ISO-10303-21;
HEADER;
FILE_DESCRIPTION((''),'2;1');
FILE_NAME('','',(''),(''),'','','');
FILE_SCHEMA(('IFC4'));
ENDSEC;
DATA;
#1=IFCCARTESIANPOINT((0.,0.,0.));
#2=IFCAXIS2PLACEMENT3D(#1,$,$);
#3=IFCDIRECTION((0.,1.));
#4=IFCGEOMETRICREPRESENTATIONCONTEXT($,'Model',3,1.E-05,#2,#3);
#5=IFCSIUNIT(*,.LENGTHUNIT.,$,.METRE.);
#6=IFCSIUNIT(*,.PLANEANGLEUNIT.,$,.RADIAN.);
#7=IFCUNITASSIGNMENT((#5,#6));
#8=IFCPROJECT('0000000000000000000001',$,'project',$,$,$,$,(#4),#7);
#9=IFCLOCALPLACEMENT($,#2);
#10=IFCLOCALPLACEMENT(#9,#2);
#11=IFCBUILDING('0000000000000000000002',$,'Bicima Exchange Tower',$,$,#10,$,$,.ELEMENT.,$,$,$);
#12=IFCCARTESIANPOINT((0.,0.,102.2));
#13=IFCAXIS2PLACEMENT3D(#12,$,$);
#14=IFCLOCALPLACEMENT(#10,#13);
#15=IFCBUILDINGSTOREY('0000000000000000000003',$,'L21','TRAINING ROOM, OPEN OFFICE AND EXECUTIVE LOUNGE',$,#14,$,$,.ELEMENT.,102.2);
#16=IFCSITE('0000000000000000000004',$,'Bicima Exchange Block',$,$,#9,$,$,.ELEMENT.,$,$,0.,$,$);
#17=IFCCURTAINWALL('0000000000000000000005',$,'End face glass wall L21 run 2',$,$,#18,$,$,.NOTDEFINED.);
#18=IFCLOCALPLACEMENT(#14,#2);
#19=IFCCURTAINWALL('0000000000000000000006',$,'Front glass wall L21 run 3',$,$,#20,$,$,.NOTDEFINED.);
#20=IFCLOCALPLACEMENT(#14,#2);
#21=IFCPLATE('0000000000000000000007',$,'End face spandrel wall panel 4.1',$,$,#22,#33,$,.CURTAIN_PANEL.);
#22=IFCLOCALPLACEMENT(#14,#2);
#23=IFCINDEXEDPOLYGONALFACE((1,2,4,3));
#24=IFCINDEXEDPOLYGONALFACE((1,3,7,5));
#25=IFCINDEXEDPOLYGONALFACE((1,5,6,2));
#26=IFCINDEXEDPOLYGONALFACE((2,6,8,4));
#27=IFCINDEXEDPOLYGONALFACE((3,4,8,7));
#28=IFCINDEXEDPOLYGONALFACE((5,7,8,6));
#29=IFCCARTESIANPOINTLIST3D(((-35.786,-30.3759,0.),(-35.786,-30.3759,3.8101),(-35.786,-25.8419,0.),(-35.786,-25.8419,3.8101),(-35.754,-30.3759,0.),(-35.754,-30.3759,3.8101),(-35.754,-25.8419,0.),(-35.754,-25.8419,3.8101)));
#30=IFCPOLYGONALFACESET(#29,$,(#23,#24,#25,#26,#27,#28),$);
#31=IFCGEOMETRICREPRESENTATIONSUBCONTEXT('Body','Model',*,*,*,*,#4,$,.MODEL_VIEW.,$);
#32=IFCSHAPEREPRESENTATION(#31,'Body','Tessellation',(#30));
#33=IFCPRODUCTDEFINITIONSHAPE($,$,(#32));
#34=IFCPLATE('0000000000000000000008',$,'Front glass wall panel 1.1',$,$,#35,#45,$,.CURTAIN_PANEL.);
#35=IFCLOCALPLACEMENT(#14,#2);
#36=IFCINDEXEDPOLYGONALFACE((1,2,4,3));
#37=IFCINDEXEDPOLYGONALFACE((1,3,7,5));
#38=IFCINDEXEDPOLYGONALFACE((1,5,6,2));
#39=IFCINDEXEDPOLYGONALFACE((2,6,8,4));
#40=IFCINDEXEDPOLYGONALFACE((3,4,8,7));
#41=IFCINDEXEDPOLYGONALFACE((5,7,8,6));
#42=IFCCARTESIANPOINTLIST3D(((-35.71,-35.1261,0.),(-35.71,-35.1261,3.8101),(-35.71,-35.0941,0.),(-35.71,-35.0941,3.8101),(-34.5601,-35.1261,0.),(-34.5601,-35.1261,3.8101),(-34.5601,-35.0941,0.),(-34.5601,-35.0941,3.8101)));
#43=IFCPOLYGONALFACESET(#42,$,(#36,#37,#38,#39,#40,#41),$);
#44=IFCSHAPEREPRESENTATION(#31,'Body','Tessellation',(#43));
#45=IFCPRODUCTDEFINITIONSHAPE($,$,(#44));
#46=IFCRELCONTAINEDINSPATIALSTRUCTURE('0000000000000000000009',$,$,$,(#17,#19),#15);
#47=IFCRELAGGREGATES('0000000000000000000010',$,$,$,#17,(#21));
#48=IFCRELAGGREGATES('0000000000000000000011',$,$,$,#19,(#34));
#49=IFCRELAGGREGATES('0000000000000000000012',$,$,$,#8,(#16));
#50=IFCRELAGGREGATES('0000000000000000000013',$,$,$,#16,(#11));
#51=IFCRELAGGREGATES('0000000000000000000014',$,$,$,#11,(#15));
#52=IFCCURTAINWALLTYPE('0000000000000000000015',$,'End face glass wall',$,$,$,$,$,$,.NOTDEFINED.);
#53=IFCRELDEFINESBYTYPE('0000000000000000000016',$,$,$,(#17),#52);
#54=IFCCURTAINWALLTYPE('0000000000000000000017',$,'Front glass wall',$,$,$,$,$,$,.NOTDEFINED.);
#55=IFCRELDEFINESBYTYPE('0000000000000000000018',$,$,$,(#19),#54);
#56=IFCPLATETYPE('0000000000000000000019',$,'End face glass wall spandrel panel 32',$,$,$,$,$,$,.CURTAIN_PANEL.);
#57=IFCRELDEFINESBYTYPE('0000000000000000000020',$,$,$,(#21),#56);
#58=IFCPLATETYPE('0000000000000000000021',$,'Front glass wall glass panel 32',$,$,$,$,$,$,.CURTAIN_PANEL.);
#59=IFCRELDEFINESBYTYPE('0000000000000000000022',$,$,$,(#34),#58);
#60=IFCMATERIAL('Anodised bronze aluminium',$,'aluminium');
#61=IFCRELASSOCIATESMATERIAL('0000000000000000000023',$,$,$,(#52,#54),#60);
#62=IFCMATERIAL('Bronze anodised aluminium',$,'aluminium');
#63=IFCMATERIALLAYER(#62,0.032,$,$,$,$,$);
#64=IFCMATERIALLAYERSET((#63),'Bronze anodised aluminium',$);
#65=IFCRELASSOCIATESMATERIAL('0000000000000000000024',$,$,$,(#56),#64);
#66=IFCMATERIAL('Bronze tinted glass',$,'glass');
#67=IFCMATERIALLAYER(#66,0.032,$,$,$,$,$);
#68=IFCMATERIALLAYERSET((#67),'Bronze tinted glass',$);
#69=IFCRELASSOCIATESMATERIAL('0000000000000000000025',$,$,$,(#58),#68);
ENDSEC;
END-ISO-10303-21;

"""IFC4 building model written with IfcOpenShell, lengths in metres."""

from ifc_helpers import new_model, si_unit, direction, frame, origin, origin_2d, place, context, subcontext, project, spatial, rectangle, extrude, material, layer, layer_set, type_object, element, aggregate, save


model = new_model("IFC4")

# Units and contexts
model_context = context("Model", 3, precision=1e-05, world=origin(), true_north=direction((0.0, 1.0)))
body_context = subcontext(model_context, "Body", "Model", "MODEL_VIEW")
ifc_project = project(units=[si_unit("LENGTHUNIT", "METRE"), si_unit("PLANEANGLEUNIT", "RADIAN")], contexts=[model_context])

# Site, building, storey
site_placement = place(None, origin())
site = spatial("IfcSite", under=ifc_project, at=site_placement, Name="Bicima Exchange Block", CompositionType="ELEMENT", RefElevation=0.0)
building_placement = place(site_placement, origin())
building = spatial("IfcBuilding", under=site, at=building_placement, Name="Bicima Exchange Tower", CompositionType="ELEMENT")
storey_placement = place(building_placement, frame((0.0, 0.0, 102.2)))
storey = spatial("IfcBuildingStorey", under=building, at=storey_placement, Name="L21", Description="TRAINING ROOM, OPEN OFFICE AND EXECUTIVE LOUNGE", CompositionType="ELEMENT", Elevation=102.2)

# Curtain wall
ifc_material_1 = material(Name="Anodised bronze aluminium", Category="aluminium")
curtain_wall_type_1 = type_object("IfcCurtainWallType", Name="End face glass wall", PredefinedType="NOTDEFINED", material=ifc_material_1)
curtain_wall_1_placement = place(storey_placement, origin())
curtain_wall_1 = element("IfcCurtainWall", 1, at=curtain_wall_1_placement, inside=storey, type_object=curtain_wall_type_1, Name="End face glass wall L21 run 2", PredefinedType="NOTDEFINED")

# Curtain wall
curtain_wall_type_2 = type_object("IfcCurtainWallType", Name="Front glass wall", PredefinedType="NOTDEFINED", material=ifc_material_1)
curtain_wall_2_placement = place(storey_placement, origin())
curtain_wall_2 = element("IfcCurtainWall", 2, at=curtain_wall_2_placement, inside=storey, type_object=curtain_wall_type_2, Name="Front glass wall L21 run 3", PredefinedType="NOTDEFINED")

# Plates
ifc_material_2 = material(Name="Bronze tinted glass", Category="glass")
ifc_material_3 = material(Name="Bronze anodised aluminium", Category="aluminium")
ifc_layer_1 = layer(ifc_material_3, 0.032)
ifc_layer_set_1 = layer_set([ifc_layer_1], Name="Bronze anodised aluminium")
plate_type_1 = type_object("IfcPlateType", Name="End face glass wall spandrel panel 32", PredefinedType="CURTAIN_PANEL", material=ifc_layer_set_1)
plate_1_placement = place(storey_placement, frame((-35.77, -28.1089, 0.0), z_axis=(0.0, 0.0, 1.0), x_axis=(0.0, -1.0, 0.0)))
plate_1 = element("IfcPlate", 3, at=plate_1_placement, type_object=plate_type_1, Name="End face spandrel wall panel 4.1", PredefinedType="CURTAIN_PANEL", context=body_context, shape_type="SweptSolid", body=[
    extrude(rectangle(XDim=4.5339, YDim=0.032, at=origin_2d()), origin(), (0.0, 0.0, 1.0), 3.8101),
])
aggregate(curtain_wall_1, [plate_1])
ifc_layer_2 = layer(ifc_material_2, 0.032)
ifc_layer_set_2 = layer_set([ifc_layer_2], Name="Bronze tinted glass")
plate_type_2 = type_object("IfcPlateType", Name="Front glass wall glass panel 32", PredefinedType="CURTAIN_PANEL", material=ifc_layer_set_2)
plate_2_placement = place(storey_placement, frame((-35.135, -35.1101, 0.0), z_axis=(0.0, 0.0, 1.0), x_axis=(1.0, 0.0, 0.0)))
plate_2 = element("IfcPlate", 4, at=plate_2_placement, type_object=plate_type_2, Name="Front glass wall panel 1.1", PredefinedType="CURTAIN_PANEL", context=body_context, shape_type="SweptSolid", body=[
    extrude(rectangle(XDim=1.1499, YDim=0.032, at=origin_2d()), origin(), (0.0, 0.0, 1.0), 3.8101),
])
aggregate(curtain_wall_2, [plate_2])

save(model, "model.ifc")
